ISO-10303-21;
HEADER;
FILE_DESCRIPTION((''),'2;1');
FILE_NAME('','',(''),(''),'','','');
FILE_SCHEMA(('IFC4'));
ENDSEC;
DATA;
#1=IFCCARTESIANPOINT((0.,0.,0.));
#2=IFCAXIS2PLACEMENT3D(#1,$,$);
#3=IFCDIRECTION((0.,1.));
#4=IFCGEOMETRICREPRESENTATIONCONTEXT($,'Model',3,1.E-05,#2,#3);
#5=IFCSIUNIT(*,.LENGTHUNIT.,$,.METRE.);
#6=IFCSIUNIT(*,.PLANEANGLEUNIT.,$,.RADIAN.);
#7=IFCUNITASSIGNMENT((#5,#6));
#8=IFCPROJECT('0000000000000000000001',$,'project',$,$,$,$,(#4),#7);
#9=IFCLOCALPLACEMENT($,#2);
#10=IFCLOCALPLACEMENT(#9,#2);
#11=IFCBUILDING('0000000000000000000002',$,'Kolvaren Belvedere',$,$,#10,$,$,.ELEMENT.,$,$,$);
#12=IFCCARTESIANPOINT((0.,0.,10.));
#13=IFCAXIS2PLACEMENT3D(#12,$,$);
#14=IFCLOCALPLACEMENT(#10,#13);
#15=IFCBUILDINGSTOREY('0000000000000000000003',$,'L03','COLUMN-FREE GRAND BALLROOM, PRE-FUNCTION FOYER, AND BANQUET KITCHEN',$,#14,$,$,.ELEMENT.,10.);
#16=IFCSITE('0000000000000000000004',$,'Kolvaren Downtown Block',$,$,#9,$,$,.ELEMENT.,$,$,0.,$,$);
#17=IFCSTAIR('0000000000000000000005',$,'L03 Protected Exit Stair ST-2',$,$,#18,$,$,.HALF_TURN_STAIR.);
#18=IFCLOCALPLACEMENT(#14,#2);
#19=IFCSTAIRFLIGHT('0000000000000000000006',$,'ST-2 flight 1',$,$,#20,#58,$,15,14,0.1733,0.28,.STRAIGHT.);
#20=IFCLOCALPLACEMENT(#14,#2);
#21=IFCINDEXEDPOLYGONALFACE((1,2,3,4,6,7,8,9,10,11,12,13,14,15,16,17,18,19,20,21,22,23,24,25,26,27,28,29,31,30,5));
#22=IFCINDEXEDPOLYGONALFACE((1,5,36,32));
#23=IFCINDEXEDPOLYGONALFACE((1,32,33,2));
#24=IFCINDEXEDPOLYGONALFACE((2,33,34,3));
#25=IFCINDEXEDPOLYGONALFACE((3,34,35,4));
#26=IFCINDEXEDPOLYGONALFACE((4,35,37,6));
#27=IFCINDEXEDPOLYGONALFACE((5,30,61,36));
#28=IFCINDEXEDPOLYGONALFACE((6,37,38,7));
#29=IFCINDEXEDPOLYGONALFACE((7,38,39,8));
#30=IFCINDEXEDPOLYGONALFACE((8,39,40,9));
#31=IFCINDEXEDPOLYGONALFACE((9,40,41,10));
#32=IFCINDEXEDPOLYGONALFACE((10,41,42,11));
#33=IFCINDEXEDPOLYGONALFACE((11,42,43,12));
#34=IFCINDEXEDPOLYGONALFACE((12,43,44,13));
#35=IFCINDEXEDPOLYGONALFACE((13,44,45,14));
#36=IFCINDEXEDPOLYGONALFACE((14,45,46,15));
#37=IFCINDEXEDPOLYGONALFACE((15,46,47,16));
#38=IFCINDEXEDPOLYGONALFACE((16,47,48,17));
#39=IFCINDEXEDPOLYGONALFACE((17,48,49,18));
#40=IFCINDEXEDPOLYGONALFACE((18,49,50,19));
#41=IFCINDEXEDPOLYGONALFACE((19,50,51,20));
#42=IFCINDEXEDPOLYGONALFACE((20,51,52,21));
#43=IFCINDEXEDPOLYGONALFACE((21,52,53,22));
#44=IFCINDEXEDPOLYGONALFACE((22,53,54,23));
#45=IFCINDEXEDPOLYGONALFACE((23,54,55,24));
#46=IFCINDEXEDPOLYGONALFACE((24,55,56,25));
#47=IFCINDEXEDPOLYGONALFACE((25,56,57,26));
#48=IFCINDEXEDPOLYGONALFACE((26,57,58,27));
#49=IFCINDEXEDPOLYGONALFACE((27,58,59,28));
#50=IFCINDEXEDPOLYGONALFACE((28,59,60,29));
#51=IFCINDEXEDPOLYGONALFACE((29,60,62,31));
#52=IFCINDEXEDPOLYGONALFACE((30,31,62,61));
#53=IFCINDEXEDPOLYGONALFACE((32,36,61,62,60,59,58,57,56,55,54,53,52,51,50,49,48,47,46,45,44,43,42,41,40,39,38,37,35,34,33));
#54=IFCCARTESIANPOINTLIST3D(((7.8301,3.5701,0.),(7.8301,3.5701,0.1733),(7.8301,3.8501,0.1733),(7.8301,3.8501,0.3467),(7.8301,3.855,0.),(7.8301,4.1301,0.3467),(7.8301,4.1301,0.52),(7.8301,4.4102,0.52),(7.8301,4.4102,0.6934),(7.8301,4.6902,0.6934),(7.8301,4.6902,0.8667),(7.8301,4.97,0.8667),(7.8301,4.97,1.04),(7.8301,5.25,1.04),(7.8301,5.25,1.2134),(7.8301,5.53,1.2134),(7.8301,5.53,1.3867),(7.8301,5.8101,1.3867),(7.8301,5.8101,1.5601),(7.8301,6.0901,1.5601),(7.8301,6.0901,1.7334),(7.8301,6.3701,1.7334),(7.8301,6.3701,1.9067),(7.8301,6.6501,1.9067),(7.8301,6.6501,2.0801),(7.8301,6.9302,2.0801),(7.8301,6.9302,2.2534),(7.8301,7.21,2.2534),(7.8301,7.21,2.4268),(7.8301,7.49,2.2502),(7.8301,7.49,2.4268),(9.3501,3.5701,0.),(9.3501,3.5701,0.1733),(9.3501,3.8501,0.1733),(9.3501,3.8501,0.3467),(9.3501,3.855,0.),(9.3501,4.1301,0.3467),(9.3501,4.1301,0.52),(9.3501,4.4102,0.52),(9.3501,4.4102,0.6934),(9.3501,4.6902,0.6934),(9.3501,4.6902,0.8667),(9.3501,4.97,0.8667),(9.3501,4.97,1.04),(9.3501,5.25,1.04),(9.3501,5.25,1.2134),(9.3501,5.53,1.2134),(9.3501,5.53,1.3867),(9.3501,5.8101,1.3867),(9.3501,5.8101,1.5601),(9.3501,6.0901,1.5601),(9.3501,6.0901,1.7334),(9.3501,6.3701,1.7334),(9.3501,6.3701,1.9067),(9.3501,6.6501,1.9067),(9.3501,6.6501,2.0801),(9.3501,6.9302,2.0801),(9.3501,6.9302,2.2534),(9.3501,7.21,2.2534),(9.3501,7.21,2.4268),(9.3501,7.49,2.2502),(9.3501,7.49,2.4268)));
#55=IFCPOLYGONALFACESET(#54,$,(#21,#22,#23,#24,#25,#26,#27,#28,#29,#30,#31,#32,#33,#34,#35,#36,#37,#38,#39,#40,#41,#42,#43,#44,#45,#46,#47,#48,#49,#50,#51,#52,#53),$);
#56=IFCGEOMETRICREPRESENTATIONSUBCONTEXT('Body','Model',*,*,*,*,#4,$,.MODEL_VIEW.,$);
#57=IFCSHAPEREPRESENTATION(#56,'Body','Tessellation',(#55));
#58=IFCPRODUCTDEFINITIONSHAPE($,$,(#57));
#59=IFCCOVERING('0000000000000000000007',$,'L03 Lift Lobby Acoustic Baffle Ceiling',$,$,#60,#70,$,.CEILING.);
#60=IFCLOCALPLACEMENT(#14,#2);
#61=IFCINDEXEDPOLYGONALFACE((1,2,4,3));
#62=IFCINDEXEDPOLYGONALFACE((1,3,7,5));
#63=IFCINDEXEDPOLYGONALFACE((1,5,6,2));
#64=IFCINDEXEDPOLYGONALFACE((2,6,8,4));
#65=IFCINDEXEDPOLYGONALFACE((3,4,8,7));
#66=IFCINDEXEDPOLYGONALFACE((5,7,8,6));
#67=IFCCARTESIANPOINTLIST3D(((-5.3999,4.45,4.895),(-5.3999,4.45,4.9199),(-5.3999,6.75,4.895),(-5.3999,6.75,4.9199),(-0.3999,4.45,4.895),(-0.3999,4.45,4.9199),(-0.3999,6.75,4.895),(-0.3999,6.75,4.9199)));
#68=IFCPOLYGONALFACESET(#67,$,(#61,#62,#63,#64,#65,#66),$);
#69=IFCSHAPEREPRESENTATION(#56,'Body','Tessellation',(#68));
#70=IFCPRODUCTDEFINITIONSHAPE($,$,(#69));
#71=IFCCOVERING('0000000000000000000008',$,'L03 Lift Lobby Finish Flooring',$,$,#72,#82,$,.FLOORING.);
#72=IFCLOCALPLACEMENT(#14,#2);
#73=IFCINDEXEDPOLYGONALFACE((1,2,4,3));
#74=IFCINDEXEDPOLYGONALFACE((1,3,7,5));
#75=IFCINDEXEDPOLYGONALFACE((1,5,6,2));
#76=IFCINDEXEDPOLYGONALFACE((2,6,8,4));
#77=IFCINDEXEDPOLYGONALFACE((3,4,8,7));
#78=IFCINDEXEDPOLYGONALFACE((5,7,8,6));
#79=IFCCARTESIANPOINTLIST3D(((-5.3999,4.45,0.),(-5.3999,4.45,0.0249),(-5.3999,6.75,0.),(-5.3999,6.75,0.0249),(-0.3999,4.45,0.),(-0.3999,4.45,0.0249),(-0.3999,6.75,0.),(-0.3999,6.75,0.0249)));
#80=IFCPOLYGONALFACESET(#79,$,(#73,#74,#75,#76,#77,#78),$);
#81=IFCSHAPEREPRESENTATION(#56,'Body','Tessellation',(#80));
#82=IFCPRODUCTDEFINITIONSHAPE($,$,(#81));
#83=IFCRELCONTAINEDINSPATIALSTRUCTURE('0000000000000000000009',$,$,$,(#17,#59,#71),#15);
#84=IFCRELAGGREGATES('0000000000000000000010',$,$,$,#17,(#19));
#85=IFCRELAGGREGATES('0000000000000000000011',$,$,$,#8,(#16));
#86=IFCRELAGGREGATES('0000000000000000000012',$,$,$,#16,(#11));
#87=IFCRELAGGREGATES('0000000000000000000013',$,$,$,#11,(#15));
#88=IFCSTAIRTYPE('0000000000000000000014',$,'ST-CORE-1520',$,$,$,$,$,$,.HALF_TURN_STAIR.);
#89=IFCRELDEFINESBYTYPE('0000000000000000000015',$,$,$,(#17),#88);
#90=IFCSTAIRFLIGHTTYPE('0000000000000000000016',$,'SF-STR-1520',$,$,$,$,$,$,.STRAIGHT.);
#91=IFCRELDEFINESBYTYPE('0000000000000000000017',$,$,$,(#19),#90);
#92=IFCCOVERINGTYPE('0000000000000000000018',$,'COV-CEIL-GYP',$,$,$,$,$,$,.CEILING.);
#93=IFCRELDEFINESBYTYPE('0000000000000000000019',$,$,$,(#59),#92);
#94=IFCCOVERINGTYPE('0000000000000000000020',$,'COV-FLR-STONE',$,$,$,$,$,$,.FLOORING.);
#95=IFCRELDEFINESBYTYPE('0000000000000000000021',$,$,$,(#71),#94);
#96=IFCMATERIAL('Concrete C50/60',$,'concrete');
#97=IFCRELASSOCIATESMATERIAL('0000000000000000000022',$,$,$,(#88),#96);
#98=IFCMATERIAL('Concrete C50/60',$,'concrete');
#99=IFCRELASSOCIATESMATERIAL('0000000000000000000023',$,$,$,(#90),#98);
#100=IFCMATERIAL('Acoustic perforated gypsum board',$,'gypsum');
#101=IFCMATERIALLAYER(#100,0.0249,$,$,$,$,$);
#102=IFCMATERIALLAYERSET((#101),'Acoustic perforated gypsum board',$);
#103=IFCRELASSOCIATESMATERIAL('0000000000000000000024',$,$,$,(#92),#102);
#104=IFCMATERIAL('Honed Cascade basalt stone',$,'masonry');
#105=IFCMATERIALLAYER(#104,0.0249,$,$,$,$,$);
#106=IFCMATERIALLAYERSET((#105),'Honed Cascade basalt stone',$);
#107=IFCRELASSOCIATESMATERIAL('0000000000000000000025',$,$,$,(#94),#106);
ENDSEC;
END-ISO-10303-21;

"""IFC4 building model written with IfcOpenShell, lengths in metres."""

from ifc_helpers import new_model, si_unit, direction, frame, origin, place, context, subcontext, project, spatial, polyline, outline, extrude, material, layer, layer_set, type_object, element, aggregate, save


model = new_model("IFC4")

# Units and contexts
model_context = context("Model", 3, precision=1e-05, world=origin(), true_north=direction((0.0, 1.0)))
body_context = subcontext(model_context, "Body", "Model", "MODEL_VIEW")
ifc_project = project(units=[si_unit("LENGTHUNIT", "METRE"), si_unit("PLANEANGLEUNIT", "RADIAN")], contexts=[model_context])

# Site, building, storey
site_placement = place(None, origin())
site = spatial("IfcSite", under=ifc_project, at=site_placement, Name="Kolvaren Downtown Block", CompositionType="ELEMENT", RefElevation=0.0)
building_placement = place(site_placement, origin())
building = spatial("IfcBuilding", under=site, at=building_placement, Name="Kolvaren Belvedere", CompositionType="ELEMENT")
storey_placement = place(building_placement, frame((0.0, 0.0, 10.0)))
storey = spatial("IfcBuildingStorey", under=building, at=storey_placement, Name="L03", Description="COLUMN-FREE GRAND BALLROOM, PRE-FUNCTION FOYER, AND BANQUET KITCHEN", CompositionType="ELEMENT", Elevation=10.0)

# Stair, stair flight
ifc_material_1 = material(Name="Concrete C50/60", Category="concrete")
stair_type_1 = type_object("IfcStairType", Name="ST-CORE-1520", PredefinedType="HALF_TURN_STAIR", material=ifc_material_1)
stair_1_placement = place(storey_placement, origin())
stair_1 = element("IfcStair", 1, at=stair_1_placement, inside=storey, type_object=stair_type_1, Name="L03 Protected Exit Stair ST-2", PredefinedType="HALF_TURN_STAIR")
ifc_material_2 = material(Name="Concrete C50/60", Category="concrete")
stair_flight_type = type_object("IfcStairFlightType", Name="SF-STR-1520", PredefinedType="STRAIGHT", material=ifc_material_2)
stair_flight_placement = place(storey_placement, frame((8.5901, 3.5701, 0.0), z_axis=(0.0, 0.0, 1.0), x_axis=(0.0, 1.0, 0.0)))
stair_flight = element("IfcStairFlight", 2, at=stair_flight_placement, type_object=stair_flight_type, Name="ST-2 flight 1", NumberOfRisers=15, NumberOfTreads=14, PredefinedType="STRAIGHT", RiserHeight=0.1733, TreadLength=0.28, context=body_context, shape_type="SweptSolid", body=[
    extrude(outline(polyline([(0.0, 0.0), (0.0, 0.1733), (0.28, 0.1733), (0.28, 0.3467), (0.5601, 0.3467), (0.5601, 0.52), (0.8401, 0.52), (0.8401, 0.6934), (1.1201, 0.6934), (1.1201, 0.8667), (1.3999, 0.8667), (1.3999, 1.04), (1.6799, 1.04), (1.6799, 1.2134), (1.96, 1.2134), (1.96, 1.3867), (2.24, 1.3867), (2.24, 1.5601), (2.52, 1.5601), (2.52, 1.7334), (2.8, 1.7334), (2.8, 1.9067), (3.0801, 1.9067), (3.0801, 2.0801), (3.3601, 2.0801), (3.3601, 2.2534), (3.6399, 2.2534), (3.6399, 2.4268), (3.9199, 2.4268), (3.9199, 2.6001), (3.9199, 2.2502), (0.2849, 0.0), (0.0, 0.0)])), frame((0.0, 0.76, 0.0), z_axis=(0.0, -1.0, 0.0), x_axis=(1.0, 0.0, 0.0)), (0.0, 0.0, 1.0), 1.52),
])
aggregate(stair_1, [stair_flight])

# Coverings
ifc_material_3 = material(Name="Acoustic perforated gypsum board", Category="gypsum")
ifc_layer_1 = layer(ifc_material_3, 0.0249)
ifc_layer_set_1 = layer_set([ifc_layer_1], Name="Acoustic perforated gypsum board")
covering_type_1 = type_object("IfcCoveringType", Name="COV-CEIL-GYP", PredefinedType="CEILING", material=ifc_layer_set_1)
covering_1_placement = place(storey_placement, frame((0.0, 0.0, 4.895)))
element("IfcCovering", 3, at=covering_1_placement, inside=storey, type_object=covering_type_1, Name="L03 Lift Lobby Acoustic Baffle Ceiling", PredefinedType="CEILING", context=body_context, shape_type="SweptSolid", body=[
    extrude(outline(polyline([(-5.3999, 4.45), (-0.3999, 4.45), (-0.3999, 6.75), (-5.3999, 6.75), (-5.3999, 4.45)])), origin(), (0.0, 0.0, 1.0), 0.0249),
])
ifc_material_4 = material(Name="Honed Cascade basalt stone", Category="masonry")
ifc_layer_2 = layer(ifc_material_4, 0.0249)
ifc_layer_set_2 = layer_set([ifc_layer_2], Name="Honed Cascade basalt stone")
covering_type_2 = type_object("IfcCoveringType", Name="COV-FLR-STONE", PredefinedType="FLOORING", material=ifc_layer_set_2)
covering_2_placement = place(storey_placement, origin())
element("IfcCovering", 4, at=covering_2_placement, inside=storey, type_object=covering_type_2, Name="L03 Lift Lobby Finish Flooring", PredefinedType="FLOORING", context=body_context, shape_type="SweptSolid", body=[
    extrude(outline(polyline([(-5.3999, 4.45), (-0.3999, 4.45), (-0.3999, 6.75), (-5.3999, 6.75), (-5.3999, 4.45)])), origin(), (0.0, 0.0, 1.0), 0.0249),
])

save(model, "model.ifc")
